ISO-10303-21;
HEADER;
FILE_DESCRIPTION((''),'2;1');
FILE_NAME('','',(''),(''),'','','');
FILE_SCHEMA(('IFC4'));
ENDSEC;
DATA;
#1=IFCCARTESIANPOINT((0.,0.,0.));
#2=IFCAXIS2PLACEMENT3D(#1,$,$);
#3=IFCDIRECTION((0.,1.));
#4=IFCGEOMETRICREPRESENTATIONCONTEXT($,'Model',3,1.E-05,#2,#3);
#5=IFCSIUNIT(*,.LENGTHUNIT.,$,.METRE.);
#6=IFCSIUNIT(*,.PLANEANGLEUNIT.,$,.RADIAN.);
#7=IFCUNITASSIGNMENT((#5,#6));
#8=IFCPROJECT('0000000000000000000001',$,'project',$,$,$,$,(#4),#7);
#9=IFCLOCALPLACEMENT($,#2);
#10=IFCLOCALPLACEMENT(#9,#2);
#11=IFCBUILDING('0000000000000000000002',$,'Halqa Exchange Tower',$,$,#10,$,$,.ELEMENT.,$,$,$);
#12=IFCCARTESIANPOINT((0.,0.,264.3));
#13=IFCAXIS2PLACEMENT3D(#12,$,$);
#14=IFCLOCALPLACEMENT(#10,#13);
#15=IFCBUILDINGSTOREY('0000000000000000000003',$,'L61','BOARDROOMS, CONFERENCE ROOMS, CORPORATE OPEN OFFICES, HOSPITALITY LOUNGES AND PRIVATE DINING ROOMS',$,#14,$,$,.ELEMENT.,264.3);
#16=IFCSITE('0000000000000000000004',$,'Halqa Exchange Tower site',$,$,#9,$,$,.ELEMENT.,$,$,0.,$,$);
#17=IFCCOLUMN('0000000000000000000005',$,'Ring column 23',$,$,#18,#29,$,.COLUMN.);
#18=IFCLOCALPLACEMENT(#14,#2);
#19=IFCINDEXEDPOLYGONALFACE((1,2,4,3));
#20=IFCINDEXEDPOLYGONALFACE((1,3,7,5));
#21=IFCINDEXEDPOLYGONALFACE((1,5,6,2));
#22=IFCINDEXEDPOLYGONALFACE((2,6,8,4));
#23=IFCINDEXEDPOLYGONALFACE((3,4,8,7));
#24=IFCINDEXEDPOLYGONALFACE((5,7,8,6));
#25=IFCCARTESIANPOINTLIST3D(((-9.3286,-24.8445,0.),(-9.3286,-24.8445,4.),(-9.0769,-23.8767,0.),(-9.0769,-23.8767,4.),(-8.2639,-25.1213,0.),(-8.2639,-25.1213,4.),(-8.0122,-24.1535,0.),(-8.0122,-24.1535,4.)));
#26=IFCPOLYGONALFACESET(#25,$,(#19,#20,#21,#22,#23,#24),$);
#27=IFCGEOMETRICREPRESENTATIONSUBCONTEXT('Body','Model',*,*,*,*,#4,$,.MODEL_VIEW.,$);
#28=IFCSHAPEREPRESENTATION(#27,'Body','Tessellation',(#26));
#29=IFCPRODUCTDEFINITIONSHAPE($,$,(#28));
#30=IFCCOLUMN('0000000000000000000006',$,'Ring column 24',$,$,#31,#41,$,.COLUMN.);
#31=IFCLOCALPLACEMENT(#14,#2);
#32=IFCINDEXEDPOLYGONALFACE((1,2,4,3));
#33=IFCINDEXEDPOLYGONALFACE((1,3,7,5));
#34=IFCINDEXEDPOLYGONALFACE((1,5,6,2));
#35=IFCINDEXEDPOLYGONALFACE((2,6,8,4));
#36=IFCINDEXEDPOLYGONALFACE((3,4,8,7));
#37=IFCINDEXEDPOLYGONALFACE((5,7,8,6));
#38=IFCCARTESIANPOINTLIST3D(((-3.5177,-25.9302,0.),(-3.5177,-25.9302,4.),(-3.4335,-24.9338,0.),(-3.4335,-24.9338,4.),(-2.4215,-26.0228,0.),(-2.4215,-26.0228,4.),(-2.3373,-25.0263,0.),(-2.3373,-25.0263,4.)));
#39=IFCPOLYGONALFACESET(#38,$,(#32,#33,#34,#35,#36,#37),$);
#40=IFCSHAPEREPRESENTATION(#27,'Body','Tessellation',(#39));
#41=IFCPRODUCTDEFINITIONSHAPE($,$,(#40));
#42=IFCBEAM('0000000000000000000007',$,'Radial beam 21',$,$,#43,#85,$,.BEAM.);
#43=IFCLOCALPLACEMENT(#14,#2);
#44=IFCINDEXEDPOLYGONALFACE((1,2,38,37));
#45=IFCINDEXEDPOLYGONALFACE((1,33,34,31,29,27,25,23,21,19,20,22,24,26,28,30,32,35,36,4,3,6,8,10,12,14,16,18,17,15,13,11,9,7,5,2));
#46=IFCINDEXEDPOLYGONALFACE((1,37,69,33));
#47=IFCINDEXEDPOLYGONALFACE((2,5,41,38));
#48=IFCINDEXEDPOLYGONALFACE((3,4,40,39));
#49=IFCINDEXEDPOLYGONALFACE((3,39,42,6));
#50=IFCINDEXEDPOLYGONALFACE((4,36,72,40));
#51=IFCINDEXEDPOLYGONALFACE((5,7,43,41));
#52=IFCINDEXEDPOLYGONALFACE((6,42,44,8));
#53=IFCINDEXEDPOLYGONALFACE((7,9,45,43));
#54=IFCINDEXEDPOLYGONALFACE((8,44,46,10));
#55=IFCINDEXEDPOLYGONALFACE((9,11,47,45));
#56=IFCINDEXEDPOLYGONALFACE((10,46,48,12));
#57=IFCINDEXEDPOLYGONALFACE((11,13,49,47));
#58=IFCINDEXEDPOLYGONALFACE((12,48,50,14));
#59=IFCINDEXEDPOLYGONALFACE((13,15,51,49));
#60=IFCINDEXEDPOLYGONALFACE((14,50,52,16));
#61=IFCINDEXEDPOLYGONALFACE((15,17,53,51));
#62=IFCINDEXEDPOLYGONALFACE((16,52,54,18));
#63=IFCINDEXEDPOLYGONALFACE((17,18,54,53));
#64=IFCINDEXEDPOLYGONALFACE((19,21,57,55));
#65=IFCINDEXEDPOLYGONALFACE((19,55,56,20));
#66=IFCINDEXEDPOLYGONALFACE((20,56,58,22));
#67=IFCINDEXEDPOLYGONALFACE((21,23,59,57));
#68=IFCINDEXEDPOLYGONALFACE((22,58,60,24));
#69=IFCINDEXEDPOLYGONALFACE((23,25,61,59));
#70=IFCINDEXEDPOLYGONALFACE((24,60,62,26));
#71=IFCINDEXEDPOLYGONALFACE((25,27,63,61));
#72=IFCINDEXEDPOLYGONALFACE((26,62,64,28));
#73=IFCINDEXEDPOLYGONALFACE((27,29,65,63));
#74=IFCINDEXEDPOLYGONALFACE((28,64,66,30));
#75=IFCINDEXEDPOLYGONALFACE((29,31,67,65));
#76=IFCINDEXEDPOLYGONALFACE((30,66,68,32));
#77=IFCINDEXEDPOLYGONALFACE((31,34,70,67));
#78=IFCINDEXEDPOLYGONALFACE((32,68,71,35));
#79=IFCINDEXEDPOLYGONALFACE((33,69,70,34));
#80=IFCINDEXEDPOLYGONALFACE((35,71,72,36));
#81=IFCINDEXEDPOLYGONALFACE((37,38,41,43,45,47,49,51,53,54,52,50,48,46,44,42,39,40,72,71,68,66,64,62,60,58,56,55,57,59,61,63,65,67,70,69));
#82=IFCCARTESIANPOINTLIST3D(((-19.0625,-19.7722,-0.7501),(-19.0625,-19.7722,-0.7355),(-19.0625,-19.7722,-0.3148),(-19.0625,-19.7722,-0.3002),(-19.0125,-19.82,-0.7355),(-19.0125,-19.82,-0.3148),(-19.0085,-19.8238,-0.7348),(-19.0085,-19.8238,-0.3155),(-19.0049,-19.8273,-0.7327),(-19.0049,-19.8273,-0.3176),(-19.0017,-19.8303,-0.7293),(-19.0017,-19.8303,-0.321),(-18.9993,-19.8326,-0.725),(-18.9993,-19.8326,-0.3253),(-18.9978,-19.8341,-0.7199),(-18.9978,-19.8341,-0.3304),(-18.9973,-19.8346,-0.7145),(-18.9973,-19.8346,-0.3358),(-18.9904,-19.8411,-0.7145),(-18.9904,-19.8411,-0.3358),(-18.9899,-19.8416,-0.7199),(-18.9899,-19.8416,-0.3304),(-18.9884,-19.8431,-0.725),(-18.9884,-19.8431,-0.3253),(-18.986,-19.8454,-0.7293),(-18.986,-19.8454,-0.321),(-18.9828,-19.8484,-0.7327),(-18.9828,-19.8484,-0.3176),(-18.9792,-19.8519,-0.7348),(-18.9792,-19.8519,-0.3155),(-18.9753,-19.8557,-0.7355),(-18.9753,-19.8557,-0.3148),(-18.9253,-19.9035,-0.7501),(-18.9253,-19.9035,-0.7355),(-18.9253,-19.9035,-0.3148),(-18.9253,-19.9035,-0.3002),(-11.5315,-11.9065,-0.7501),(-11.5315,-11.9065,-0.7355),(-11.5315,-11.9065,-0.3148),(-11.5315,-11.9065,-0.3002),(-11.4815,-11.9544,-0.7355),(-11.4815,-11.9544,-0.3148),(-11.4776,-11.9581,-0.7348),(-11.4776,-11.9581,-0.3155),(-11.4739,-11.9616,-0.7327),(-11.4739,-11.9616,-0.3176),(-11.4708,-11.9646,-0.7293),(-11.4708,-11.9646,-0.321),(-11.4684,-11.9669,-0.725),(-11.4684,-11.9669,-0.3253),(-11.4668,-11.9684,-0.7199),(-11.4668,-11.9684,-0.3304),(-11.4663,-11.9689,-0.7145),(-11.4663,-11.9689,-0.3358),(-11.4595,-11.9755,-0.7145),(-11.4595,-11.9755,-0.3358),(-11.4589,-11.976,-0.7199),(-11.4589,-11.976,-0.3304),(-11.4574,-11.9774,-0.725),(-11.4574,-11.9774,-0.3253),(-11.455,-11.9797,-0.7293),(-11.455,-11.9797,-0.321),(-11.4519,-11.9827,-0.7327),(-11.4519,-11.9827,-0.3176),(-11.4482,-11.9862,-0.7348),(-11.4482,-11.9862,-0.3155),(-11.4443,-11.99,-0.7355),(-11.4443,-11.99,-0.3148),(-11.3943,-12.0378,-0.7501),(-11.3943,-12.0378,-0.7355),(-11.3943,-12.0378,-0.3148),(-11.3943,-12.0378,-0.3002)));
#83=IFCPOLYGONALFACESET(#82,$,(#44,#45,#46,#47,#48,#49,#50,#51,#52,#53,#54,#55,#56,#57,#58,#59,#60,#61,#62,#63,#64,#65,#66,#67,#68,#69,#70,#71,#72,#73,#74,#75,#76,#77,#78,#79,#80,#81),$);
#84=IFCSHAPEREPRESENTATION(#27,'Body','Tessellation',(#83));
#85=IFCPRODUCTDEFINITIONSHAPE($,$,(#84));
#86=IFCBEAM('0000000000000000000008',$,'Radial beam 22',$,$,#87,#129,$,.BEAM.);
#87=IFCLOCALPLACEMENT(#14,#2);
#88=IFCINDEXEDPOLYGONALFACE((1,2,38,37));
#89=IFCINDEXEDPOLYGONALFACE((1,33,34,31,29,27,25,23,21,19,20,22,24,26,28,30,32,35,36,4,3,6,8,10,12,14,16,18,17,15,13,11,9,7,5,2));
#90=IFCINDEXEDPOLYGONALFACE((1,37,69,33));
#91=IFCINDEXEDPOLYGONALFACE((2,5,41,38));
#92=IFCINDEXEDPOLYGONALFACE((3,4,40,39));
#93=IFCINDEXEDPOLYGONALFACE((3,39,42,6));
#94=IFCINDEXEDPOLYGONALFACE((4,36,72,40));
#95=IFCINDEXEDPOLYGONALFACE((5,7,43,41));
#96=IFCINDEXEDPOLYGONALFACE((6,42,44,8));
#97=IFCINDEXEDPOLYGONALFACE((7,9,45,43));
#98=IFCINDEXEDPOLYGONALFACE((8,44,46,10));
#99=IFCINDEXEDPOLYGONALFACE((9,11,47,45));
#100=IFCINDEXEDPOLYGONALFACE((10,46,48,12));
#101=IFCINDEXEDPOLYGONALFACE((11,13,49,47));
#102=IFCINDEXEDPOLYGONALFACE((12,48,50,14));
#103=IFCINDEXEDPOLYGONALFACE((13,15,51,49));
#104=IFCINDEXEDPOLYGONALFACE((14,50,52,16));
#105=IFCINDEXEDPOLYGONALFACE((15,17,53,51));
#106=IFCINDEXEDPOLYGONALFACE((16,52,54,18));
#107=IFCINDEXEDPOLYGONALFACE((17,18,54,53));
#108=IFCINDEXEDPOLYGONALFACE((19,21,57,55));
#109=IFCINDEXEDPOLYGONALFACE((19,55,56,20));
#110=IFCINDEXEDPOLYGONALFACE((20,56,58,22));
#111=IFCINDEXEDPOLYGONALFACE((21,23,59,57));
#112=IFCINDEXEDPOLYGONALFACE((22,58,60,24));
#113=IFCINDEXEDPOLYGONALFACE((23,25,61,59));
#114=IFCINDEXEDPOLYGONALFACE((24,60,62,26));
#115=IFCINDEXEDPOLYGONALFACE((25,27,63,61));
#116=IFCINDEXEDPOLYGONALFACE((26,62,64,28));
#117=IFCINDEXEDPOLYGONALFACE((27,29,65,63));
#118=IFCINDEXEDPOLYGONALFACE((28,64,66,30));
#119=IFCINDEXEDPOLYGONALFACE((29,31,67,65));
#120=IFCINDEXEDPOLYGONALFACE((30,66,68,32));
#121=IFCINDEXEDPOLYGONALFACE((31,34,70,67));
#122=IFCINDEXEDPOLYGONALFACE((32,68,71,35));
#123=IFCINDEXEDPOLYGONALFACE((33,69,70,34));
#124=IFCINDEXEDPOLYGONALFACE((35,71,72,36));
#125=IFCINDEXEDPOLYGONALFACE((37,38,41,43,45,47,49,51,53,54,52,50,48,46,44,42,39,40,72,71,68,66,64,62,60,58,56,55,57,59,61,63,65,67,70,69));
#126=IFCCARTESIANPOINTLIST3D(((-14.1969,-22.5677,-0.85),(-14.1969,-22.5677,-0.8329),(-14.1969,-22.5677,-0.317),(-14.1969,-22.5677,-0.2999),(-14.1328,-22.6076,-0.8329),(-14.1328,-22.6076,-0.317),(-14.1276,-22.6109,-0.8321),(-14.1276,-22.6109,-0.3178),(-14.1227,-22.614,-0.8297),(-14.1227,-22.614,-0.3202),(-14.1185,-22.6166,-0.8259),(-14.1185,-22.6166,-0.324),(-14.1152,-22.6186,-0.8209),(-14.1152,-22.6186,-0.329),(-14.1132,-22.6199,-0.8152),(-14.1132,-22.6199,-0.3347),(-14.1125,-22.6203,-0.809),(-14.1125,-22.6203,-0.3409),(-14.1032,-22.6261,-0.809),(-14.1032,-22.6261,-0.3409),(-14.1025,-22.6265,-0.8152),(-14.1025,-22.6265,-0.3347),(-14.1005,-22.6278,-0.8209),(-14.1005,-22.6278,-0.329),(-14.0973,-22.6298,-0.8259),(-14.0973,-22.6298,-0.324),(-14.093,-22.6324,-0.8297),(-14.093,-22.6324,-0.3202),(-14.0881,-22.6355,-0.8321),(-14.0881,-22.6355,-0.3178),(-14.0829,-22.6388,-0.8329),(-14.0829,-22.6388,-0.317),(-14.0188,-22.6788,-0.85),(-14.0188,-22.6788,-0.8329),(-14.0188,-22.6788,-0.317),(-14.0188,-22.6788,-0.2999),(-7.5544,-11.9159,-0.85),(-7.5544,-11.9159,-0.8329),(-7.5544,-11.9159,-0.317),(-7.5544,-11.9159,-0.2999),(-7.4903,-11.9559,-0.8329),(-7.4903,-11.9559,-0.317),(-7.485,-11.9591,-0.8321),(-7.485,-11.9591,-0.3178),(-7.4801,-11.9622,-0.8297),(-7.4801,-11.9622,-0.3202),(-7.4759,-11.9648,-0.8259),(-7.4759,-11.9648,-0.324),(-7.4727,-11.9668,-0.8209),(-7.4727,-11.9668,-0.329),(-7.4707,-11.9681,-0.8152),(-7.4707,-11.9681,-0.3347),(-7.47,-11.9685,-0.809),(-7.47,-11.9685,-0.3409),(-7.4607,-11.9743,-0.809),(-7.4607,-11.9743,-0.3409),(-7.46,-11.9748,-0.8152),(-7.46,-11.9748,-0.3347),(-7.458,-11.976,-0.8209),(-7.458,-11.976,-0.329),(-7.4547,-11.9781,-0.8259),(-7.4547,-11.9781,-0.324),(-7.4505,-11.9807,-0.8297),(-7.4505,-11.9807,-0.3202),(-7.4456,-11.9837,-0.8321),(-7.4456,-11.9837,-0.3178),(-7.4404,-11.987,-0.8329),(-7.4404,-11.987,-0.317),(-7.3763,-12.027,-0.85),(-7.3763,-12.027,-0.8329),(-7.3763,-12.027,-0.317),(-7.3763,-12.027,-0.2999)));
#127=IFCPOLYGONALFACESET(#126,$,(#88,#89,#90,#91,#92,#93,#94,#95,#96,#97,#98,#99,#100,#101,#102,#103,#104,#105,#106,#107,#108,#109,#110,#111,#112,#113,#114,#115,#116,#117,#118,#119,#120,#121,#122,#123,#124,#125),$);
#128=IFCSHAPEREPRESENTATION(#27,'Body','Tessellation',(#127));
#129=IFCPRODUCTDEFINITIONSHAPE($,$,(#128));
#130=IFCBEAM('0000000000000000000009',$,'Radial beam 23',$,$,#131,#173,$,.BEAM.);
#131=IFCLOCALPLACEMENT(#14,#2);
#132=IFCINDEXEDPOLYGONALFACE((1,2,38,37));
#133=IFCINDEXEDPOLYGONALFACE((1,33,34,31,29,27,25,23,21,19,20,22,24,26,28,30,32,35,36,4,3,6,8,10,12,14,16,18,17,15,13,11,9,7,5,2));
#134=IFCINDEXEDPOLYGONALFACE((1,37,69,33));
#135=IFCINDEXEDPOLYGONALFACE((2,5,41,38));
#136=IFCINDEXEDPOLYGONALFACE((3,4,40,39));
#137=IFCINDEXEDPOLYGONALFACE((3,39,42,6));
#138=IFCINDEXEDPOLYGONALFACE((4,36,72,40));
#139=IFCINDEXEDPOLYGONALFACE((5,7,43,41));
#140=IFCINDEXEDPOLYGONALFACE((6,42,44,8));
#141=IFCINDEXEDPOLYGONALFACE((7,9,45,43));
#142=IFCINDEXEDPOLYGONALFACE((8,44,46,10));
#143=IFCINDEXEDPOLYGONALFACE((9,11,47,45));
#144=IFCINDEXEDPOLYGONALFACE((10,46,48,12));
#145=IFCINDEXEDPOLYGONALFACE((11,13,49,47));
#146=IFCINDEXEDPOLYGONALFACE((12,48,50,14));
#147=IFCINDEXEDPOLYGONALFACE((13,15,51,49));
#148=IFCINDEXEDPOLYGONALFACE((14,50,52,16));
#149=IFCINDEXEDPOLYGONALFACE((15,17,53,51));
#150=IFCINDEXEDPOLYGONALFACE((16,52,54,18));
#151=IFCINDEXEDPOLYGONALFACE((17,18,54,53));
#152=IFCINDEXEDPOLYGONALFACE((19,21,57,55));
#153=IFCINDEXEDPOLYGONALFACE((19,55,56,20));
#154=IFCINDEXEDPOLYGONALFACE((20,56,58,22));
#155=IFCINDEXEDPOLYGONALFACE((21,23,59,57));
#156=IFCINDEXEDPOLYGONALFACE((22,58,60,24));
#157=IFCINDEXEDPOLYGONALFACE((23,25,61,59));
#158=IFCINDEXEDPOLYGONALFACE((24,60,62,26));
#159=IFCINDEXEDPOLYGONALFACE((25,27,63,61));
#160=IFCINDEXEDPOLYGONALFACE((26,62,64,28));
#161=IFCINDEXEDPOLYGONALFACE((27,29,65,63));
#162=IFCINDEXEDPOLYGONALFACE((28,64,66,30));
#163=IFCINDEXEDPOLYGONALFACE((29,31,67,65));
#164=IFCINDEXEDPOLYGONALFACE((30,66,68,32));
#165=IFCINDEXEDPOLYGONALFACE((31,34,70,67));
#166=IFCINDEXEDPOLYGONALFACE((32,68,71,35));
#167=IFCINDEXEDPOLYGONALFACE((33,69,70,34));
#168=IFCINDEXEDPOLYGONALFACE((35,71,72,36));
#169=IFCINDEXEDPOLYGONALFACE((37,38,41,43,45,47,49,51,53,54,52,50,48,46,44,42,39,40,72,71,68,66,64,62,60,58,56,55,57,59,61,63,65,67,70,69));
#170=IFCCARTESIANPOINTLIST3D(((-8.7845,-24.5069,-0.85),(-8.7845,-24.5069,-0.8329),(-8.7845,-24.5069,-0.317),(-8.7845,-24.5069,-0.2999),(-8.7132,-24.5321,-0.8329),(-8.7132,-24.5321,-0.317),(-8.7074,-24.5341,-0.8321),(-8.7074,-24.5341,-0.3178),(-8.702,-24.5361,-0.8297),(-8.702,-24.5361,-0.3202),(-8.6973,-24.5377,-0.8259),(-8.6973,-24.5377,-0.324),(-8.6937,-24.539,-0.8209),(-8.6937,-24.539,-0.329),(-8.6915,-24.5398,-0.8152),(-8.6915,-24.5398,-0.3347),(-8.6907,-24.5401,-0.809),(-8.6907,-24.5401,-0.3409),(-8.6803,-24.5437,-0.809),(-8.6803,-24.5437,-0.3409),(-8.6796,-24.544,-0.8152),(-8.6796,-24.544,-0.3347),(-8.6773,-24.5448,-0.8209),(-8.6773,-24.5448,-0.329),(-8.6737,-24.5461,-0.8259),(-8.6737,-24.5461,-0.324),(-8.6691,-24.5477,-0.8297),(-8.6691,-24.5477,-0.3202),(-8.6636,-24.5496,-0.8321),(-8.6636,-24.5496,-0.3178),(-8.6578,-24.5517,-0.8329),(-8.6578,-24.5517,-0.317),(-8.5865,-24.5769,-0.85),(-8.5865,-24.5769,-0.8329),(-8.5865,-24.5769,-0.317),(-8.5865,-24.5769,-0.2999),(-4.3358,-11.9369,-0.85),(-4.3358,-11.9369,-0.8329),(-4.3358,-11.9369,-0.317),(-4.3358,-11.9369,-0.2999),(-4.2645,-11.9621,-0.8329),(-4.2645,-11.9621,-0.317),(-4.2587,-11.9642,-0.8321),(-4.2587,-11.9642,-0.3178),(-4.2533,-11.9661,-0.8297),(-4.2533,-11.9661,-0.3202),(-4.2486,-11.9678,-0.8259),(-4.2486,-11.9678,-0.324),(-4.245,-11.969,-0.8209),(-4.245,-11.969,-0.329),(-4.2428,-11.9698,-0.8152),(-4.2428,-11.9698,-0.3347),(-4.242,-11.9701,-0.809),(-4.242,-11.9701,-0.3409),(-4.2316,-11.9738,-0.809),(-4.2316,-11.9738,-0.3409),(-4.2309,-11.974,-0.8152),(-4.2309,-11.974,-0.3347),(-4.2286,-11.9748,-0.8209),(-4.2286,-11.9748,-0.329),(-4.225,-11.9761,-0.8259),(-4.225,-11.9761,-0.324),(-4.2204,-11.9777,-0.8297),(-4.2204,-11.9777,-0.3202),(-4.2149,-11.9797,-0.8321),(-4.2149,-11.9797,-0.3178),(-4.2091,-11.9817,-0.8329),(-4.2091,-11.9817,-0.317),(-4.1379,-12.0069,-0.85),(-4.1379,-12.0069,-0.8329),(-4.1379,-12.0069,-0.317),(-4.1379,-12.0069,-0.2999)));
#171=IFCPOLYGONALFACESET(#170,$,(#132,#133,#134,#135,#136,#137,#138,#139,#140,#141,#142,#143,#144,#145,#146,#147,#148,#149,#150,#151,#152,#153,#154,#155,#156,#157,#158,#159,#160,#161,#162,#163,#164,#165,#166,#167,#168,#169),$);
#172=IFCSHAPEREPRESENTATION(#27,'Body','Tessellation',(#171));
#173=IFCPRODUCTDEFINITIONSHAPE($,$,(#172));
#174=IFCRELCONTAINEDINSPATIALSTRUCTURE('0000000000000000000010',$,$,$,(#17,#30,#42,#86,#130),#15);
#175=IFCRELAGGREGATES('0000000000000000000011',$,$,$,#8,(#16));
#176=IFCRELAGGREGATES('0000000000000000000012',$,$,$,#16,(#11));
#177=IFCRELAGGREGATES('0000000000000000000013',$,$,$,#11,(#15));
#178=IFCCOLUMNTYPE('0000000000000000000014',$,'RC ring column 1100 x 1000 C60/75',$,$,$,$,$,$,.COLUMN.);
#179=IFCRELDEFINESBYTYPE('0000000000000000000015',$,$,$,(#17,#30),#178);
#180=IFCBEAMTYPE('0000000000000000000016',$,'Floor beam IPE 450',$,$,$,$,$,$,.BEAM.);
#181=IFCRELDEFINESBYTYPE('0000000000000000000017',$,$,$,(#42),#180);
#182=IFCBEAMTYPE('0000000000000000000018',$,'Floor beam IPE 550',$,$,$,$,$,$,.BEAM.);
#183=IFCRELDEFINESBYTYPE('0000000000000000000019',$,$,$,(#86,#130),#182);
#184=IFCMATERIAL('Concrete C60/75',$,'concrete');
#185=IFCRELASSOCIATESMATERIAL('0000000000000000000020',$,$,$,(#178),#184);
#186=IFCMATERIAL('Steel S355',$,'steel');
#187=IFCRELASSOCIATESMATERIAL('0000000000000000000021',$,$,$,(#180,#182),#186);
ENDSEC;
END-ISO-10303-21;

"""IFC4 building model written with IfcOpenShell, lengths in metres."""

from ifc_helpers import new_model, si_unit, direction, frame, origin, origin_2d, place, context, subcontext, project, spatial, rectangle, i_section, extrude, material, material_profile, profile_set, type_object, element, save


model = new_model("IFC4")

# Units and contexts
model_context = context("Model", 3, precision=1e-05, world=origin(), true_north=direction((0.0, 1.0)))
body_context = subcontext(model_context, "Body", "Model", "MODEL_VIEW")
ifc_project = project(units=[si_unit("LENGTHUNIT", "METRE"), si_unit("PLANEANGLEUNIT", "RADIAN")], contexts=[model_context])

# Site, building, storey
site_placement = place(None, origin())
site = spatial("IfcSite", under=ifc_project, at=site_placement, Name="Halqa Exchange Tower site", CompositionType="ELEMENT", RefElevation=0.0)
building_placement = place(site_placement, origin())
building = spatial("IfcBuilding", under=site, at=building_placement, Name="Halqa Exchange Tower", CompositionType="ELEMENT")
storey_placement = place(building_placement, frame((0.0, 0.0, 264.3)))
storey = spatial("IfcBuildingStorey", under=building, at=storey_placement, Name="L61", Description="BOARDROOMS, CONFERENCE ROOMS, CORPORATE OPEN OFFICES, HOSPITALITY LOUNGES AND PRIVATE DINING ROOMS", CompositionType="ELEMENT", Elevation=264.3)

# Columns
ifc_material_1 = material(Name="Concrete C60/75", Category="concrete")
ifc_material_profile_1 = material_profile(ifc_material_1, rectangle(XDim=1.1001, YDim=1.0, at=origin_2d()), Name="1100 x 1000")
ifc_profile_set_1 = profile_set([ifc_material_profile_1], Name="Concrete C60/75")
column_type = type_object("IfcColumnType", Name="RC ring column 1100 x 1000 C60/75", PredefinedType="COLUMN", material=ifc_profile_set_1)
for number, where, z_axis, x_axis, name in (
    (1, (-8.6704, -24.499, 0.0), (0.0, 0.0, 1.0), (0.96782, -0.251642, 0.0), "Ring column 23"),
    (2, (-2.9275, -25.4783, 0.0), (0.0, 0.0, 1.0), (0.996456, -0.084121, 0.0), "Ring column 24"),
):
    element("IfcColumn", number, at=place(storey_placement, frame(where, z_axis=z_axis, x_axis=x_axis)), inside=storey, type_object=column_type, Name=name, PredefinedType="COLUMN", context=body_context, shape_type="SweptSolid", body=[
        extrude(rectangle(XDim=1.1001, YDim=1.0, at=origin_2d()), origin(), (0.0, 0.0, 1.0), 4.0),
    ])

# Beams
ifc_material_2 = material(Name="Steel S355", Category="steel")
ifc_material_profile_2 = material_profile(ifc_material_2, i_section(OverallWidth=0.1899, OverallDepth=0.45, WebThickness=0.0095, FlangeThickness=0.0146, FilletRadius=0.021, at=origin_2d()), Name="IPE 450")
ifc_profile_set_2 = profile_set([ifc_material_profile_2], Name="Steel S355")
beam_type_1 = type_object("IfcBeamType", Name="Floor beam IPE 450", PredefinedType="BEAM", material=ifc_profile_set_2)
beam_1_placement = place(storey_placement, frame((-11.4629, -11.9722, -0.5251), z_axis=(-0.691571, -0.722308, 0.0), x_axis=(0.722308, -0.691571, 0.0)))
element("IfcBeam", 3, at=beam_1_placement, inside=storey, type_object=beam_type_1, Name="Radial beam 21", PredefinedType="BEAM", context=body_context, shape_type="SweptSolid", body=[
    extrude(i_section(OverallWidth=0.1899, OverallDepth=0.45, WebThickness=0.0095, FlangeThickness=0.0146, FilletRadius=0.021, at=origin_2d()), origin(), (0.0, 0.0, 1.0), 10.8896),
])
ifc_material_profile_3 = material_profile(ifc_material_2, i_section(OverallWidth=0.21, OverallDepth=0.55, WebThickness=0.011, FlangeThickness=0.0171, FilletRadius=0.0239, at=origin_2d()), Name="IPE 550")
ifc_profile_set_3 = profile_set([ifc_material_profile_3], Name="Steel S355")
beam_type_2 = type_object("IfcBeamType", Name="Floor beam IPE 550", PredefinedType="BEAM", material=ifc_profile_set_3)
beam_2_placement = place(storey_placement, frame((-7.4653, -11.9714, -0.575), z_axis=(-0.529149, -0.848529, 0.0), x_axis=(0.848529, -0.529149, 0.0)))
element("IfcBeam", 4, at=beam_2_placement, inside=storey, type_object=beam_type_2, Name="Radial beam 22", PredefinedType="BEAM", context=body_context, shape_type="SweptSolid", body=[
    extrude(i_section(OverallWidth=0.21, OverallDepth=0.55, WebThickness=0.011, FlangeThickness=0.0171, FilletRadius=0.0239, at=origin_2d()), origin(), (0.0, 0.0, 1.0), 12.5532),
])
beam_3_placement = place(storey_placement, frame((-4.2368, -11.9719, -0.575), z_axis=(-0.333636, -0.942702, 0.0), x_axis=(0.942702, -0.333636, 0.0)))
element("IfcBeam", 5, at=beam_3_placement, inside=storey, type_object=beam_type_2, Name="Radial beam 23", PredefinedType="BEAM", context=body_context, shape_type="SweptSolid", body=[
    extrude(i_section(OverallWidth=0.21, OverallDepth=0.55, WebThickness=0.011, FlangeThickness=0.0171, FilletRadius=0.0239, at=origin_2d()), origin(), (0.0, 0.0, 1.0), 13.334),
])

save(model, "model.ifc")
